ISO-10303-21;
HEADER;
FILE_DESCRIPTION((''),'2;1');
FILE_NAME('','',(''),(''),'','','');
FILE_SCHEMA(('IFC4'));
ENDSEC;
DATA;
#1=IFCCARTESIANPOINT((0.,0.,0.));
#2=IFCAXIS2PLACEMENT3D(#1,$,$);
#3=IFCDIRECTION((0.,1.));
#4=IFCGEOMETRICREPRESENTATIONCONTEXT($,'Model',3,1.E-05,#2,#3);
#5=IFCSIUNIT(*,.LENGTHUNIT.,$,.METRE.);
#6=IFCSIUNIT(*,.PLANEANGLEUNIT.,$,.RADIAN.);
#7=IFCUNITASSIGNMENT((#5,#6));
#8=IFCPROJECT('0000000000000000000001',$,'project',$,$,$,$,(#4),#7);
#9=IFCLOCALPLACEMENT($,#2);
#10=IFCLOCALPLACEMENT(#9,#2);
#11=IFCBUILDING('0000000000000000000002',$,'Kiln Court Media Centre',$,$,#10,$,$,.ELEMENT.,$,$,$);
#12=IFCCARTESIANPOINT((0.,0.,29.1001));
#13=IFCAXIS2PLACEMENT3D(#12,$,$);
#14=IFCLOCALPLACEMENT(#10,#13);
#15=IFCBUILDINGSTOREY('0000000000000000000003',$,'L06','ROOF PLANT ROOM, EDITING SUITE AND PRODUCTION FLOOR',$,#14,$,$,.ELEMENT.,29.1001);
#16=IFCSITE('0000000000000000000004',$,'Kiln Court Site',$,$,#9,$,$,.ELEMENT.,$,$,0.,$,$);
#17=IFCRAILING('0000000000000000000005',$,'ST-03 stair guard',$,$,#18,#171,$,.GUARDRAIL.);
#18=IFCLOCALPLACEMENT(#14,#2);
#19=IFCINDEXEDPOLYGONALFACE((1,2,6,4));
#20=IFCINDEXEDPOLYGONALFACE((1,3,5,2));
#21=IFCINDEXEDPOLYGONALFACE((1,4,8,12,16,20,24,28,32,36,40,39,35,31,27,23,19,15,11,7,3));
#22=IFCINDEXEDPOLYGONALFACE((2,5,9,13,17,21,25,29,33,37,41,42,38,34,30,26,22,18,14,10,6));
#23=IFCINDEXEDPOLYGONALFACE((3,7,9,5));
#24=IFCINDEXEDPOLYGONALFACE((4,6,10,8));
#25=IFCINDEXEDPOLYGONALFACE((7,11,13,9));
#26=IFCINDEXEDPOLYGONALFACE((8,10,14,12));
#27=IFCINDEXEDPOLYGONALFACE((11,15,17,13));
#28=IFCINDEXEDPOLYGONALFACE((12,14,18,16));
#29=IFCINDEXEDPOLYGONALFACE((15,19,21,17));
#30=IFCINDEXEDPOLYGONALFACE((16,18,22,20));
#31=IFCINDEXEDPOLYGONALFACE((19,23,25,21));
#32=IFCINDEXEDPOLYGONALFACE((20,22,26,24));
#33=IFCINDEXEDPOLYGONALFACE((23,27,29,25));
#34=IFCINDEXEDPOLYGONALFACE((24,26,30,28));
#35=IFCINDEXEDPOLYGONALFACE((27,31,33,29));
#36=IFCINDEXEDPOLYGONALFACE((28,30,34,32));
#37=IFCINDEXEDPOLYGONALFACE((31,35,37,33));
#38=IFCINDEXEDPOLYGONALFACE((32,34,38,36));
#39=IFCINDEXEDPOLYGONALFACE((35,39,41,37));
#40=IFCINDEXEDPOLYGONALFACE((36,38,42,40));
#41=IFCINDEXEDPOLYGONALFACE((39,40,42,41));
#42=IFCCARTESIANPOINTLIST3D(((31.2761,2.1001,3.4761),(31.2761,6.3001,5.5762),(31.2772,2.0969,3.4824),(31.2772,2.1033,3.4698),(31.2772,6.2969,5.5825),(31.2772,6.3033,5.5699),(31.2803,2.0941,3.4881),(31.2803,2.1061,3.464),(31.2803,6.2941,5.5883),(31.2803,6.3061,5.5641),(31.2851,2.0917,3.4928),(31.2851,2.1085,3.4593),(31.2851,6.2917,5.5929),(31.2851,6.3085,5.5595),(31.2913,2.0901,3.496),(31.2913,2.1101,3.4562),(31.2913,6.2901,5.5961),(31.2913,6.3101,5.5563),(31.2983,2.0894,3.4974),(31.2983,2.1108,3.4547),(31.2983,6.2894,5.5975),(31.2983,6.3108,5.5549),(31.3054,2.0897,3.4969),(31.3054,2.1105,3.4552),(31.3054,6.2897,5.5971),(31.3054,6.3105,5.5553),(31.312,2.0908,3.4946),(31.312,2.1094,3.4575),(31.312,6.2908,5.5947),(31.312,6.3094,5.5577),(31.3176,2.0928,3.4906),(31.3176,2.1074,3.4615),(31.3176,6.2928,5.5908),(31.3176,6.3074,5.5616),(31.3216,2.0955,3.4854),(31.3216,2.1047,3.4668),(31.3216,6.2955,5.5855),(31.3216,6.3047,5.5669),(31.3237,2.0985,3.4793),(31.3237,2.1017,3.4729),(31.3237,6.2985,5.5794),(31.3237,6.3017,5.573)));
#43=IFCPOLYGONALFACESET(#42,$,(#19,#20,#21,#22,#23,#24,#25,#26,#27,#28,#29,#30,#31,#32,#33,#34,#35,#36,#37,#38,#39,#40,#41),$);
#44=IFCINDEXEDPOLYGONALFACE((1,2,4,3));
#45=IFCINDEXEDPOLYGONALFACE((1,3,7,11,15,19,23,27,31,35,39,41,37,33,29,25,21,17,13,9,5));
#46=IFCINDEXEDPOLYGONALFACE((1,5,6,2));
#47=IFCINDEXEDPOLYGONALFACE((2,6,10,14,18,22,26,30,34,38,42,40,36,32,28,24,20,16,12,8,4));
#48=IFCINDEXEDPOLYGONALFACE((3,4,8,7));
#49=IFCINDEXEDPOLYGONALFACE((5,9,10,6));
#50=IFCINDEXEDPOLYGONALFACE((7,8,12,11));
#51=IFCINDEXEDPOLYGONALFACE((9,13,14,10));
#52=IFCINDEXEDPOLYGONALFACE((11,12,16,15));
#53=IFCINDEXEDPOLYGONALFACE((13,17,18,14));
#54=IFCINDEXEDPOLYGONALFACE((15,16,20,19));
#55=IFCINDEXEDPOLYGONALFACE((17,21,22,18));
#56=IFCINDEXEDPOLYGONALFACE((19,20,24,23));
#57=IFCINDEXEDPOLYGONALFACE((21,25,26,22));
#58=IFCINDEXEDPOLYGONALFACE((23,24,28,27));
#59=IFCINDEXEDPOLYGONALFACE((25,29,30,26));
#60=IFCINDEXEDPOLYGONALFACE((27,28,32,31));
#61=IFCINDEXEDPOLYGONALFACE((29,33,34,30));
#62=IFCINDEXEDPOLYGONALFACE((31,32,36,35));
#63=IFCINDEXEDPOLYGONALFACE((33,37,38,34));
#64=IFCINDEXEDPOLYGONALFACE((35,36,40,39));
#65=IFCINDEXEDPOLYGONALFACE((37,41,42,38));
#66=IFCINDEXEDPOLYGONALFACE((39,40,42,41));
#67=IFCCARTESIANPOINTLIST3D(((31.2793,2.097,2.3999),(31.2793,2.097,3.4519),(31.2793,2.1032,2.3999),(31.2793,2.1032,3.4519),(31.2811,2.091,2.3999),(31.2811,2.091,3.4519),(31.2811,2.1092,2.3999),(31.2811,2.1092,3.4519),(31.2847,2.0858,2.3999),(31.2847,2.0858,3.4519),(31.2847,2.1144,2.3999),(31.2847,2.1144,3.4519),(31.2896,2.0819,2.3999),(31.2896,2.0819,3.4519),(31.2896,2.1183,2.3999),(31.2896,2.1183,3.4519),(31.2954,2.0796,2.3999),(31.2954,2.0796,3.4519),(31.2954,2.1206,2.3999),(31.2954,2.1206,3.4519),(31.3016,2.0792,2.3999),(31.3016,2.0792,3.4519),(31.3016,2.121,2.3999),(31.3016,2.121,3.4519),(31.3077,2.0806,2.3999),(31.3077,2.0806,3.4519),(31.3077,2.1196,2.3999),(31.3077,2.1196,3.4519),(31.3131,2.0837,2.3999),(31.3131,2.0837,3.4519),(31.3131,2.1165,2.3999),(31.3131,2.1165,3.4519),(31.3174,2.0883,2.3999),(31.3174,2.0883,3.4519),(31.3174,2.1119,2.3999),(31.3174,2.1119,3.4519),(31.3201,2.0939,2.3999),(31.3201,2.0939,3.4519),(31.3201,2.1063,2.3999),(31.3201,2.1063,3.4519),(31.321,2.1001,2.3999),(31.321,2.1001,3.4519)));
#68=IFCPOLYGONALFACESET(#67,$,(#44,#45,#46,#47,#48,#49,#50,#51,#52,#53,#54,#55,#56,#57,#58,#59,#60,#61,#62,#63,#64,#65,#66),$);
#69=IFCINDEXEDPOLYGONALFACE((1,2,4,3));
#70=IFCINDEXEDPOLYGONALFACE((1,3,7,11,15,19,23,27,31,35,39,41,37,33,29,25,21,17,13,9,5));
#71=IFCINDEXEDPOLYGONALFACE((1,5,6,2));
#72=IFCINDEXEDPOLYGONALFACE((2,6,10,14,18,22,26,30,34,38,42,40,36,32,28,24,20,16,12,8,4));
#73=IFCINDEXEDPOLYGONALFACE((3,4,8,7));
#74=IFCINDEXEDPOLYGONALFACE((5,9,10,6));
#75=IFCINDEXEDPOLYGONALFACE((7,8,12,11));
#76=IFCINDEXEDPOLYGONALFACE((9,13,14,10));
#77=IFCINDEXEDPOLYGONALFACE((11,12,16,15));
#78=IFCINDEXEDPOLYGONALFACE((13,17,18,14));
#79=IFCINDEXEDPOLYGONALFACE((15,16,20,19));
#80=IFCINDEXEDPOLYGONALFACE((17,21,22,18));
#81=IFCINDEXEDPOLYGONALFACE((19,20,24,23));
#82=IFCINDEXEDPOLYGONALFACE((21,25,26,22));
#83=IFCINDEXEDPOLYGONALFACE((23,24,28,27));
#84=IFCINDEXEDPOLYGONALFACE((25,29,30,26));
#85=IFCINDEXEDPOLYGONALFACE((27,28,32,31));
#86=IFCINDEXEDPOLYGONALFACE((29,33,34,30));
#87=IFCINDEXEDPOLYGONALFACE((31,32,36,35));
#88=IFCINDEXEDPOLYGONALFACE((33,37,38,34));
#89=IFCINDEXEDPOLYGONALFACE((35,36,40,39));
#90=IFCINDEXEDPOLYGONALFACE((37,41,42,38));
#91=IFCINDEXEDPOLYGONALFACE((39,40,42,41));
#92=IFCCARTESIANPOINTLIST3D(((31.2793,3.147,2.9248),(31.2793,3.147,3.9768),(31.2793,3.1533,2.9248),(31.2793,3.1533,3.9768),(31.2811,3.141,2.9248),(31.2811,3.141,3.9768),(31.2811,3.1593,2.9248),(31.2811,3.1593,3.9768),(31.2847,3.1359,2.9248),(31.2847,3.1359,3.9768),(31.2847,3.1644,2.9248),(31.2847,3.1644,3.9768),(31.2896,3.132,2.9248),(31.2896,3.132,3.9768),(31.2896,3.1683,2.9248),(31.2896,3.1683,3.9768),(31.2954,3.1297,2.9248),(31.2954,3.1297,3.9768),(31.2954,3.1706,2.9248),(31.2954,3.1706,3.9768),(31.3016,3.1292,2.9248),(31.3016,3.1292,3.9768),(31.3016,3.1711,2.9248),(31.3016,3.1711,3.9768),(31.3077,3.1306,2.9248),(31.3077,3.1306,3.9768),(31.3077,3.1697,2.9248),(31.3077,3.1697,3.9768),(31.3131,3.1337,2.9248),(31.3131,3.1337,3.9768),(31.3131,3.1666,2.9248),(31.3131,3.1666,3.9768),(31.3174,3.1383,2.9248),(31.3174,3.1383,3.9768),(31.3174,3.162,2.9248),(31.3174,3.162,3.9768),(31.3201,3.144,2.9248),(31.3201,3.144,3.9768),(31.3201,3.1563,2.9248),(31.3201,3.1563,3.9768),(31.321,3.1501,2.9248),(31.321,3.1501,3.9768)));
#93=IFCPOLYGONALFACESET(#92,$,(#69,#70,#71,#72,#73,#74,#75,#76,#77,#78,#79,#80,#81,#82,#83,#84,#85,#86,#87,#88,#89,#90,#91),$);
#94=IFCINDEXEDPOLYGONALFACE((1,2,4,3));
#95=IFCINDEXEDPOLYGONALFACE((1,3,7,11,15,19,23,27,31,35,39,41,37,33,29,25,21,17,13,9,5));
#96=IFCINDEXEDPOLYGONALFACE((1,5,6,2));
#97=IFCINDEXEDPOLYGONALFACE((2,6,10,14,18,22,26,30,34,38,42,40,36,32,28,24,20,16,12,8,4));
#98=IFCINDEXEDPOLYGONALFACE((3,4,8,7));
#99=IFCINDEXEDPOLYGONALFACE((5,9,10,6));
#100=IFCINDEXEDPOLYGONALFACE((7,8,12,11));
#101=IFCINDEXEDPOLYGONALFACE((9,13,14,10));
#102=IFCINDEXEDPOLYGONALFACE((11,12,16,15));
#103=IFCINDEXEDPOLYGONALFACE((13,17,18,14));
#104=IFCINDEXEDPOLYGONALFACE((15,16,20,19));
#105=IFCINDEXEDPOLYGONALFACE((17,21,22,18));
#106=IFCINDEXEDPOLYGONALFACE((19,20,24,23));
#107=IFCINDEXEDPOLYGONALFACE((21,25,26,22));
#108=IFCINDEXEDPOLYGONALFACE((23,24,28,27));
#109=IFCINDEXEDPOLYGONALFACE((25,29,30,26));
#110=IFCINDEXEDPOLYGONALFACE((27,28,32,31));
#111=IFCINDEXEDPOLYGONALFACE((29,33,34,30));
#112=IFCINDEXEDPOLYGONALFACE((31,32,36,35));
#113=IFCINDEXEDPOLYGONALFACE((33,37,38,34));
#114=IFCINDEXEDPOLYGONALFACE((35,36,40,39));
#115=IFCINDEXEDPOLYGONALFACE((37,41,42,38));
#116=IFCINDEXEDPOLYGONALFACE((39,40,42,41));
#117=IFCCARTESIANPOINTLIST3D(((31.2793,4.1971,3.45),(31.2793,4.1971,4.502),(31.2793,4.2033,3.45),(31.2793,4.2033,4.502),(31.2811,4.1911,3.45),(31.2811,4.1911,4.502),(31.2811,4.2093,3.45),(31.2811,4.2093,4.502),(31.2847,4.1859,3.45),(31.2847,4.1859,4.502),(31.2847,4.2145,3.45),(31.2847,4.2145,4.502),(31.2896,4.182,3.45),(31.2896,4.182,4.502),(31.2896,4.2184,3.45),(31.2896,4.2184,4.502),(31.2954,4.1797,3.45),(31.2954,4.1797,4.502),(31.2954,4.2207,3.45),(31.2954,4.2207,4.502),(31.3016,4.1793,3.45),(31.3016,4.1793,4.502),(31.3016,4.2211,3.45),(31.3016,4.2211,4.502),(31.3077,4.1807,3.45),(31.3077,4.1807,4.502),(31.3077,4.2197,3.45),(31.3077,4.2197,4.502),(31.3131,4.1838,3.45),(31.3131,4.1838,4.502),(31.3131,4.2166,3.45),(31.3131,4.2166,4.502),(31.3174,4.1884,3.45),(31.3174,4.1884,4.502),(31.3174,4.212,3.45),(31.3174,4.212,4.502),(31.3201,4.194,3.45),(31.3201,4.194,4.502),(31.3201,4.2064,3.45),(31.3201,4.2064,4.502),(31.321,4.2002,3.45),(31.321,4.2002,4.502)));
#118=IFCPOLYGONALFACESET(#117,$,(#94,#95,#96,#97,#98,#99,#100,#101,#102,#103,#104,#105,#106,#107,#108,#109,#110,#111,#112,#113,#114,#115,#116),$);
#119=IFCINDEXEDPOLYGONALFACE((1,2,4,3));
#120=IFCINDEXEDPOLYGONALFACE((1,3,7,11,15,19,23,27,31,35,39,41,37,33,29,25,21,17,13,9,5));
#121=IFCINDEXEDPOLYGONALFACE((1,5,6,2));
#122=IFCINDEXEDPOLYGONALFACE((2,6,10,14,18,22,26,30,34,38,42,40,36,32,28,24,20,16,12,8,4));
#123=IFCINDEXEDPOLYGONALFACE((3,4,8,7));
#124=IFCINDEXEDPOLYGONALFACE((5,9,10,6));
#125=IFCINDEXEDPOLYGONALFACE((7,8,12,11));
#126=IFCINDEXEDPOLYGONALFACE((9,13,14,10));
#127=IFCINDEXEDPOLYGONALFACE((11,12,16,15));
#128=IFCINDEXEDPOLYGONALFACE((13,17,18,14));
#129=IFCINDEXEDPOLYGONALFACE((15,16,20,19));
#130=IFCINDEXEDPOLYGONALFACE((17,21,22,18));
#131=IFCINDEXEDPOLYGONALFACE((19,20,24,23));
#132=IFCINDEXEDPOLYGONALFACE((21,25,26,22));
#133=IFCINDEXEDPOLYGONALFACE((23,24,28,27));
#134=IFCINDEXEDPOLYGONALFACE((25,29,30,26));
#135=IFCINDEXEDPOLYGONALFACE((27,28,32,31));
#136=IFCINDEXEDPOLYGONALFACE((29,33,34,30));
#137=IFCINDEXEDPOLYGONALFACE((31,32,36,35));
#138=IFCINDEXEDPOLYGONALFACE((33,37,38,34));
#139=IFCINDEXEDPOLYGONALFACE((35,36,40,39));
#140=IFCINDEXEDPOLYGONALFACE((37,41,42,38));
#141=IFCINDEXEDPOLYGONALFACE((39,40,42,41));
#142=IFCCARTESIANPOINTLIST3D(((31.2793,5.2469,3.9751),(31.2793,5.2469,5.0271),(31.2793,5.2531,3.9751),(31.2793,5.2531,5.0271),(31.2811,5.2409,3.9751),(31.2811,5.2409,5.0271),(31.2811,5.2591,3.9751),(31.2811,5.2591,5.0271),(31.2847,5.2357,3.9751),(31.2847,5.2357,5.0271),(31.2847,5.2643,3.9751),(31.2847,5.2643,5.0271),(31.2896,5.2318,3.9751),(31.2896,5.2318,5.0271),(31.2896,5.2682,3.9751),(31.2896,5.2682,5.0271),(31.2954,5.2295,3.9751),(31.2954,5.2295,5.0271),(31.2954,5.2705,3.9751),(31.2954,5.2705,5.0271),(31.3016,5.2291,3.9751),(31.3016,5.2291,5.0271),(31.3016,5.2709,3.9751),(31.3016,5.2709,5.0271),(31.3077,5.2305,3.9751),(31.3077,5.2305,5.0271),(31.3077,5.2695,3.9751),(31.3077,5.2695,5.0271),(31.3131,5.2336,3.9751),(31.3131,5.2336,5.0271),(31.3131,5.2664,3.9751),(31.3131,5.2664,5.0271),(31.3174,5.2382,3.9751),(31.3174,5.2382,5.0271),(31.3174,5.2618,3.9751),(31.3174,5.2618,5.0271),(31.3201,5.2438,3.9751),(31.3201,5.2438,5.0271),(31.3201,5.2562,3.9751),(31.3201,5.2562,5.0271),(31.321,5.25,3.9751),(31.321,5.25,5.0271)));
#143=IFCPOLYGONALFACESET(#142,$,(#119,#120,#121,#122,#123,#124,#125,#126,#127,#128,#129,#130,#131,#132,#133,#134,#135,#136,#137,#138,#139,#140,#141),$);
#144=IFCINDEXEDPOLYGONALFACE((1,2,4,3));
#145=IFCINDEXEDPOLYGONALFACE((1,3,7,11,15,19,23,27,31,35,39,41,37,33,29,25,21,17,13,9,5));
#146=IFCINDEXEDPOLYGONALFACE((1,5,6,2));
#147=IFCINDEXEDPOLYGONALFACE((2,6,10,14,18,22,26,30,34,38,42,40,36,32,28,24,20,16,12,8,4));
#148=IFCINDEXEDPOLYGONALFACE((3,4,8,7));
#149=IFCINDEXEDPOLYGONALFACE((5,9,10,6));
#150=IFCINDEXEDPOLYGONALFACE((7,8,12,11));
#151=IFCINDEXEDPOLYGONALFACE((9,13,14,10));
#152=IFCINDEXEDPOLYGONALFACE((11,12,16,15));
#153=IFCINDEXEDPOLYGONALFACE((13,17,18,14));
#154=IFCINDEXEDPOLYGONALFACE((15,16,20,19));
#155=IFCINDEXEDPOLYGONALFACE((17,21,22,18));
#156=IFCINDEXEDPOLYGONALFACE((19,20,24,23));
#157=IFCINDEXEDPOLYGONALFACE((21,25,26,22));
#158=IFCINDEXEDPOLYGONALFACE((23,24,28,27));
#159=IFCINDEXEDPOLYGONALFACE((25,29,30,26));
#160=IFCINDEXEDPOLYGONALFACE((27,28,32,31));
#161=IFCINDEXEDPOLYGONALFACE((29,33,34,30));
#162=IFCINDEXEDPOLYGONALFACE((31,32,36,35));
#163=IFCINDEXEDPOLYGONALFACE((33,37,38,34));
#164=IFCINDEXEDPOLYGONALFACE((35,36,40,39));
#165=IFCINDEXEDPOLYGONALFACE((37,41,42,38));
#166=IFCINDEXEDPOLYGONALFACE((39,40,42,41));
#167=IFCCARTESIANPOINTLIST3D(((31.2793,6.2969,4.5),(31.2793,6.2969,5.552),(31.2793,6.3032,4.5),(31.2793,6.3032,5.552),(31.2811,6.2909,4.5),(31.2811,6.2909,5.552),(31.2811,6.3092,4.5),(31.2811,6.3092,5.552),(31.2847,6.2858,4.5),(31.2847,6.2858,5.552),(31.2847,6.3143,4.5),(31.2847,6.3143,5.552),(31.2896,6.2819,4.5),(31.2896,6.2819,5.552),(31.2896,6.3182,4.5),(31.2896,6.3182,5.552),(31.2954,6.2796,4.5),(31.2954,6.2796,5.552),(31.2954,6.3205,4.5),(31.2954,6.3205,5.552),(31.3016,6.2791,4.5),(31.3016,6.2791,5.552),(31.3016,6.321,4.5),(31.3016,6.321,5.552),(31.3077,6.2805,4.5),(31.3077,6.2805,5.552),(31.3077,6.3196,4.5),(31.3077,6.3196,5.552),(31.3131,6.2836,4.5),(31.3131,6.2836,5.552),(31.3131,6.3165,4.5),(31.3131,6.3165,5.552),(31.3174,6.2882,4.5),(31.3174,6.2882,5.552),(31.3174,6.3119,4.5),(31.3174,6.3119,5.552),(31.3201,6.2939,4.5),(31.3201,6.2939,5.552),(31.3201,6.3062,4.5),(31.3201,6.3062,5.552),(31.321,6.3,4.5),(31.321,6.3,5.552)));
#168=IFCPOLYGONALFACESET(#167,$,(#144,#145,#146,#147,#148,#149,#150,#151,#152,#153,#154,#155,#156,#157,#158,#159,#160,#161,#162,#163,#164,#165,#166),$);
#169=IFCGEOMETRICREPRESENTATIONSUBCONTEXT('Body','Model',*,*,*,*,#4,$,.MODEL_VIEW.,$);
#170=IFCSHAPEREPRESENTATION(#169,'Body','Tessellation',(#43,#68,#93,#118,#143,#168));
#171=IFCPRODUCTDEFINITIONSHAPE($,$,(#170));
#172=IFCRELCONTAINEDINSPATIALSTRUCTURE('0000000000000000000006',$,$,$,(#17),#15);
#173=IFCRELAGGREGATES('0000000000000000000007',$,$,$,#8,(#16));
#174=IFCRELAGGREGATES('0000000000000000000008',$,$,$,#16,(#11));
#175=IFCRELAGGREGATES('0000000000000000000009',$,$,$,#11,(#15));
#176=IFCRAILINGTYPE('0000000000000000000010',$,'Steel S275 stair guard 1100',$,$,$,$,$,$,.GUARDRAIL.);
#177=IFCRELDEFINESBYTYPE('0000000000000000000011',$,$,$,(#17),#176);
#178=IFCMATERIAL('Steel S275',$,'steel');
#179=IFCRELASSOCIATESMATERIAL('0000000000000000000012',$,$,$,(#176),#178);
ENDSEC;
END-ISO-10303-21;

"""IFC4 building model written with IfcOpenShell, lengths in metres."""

from ifc_helpers import new_model, si_unit, direction, frame, origin, origin_2d, place, context, subcontext, project, spatial, circle, extrude, material, type_object, element, save


model = new_model("IFC4")

# Units and contexts
model_context = context("Model", 3, precision=1e-05, world=origin(), true_north=direction((0.0, 1.0)))
body_context = subcontext(model_context, "Body", "Model", "MODEL_VIEW")
ifc_project = project(units=[si_unit("LENGTHUNIT", "METRE"), si_unit("PLANEANGLEUNIT", "RADIAN")], contexts=[model_context])

# Site, building, storey
site_placement = place(None, origin())
site = spatial("IfcSite", under=ifc_project, at=site_placement, Name="Kiln Court Site", CompositionType="ELEMENT", RefElevation=0.0)
building_placement = place(site_placement, origin())
building = spatial("IfcBuilding", under=site, at=building_placement, Name="Kiln Court Media Centre", CompositionType="ELEMENT")
storey_placement = place(building_placement, frame((0.0, 0.0, 29.1001)))
storey = spatial("IfcBuildingStorey", under=building, at=storey_placement, Name="L06", Description="ROOF PLANT ROOM, EDITING SUITE AND PRODUCTION FLOOR", CompositionType="ELEMENT", Elevation=29.1001)

# Railing
ifc_material_1 = material(Name="Steel S275", Category="steel")
railing_type_1 = type_object("IfcRailingType", Name="Steel S275 stair guard 1100", PredefinedType="GUARDRAIL", material=ifc_material_1)
railing_1_placement = place(storey_placement, frame((31.3, 2.1001, 2.3999)))
element("IfcRailing", 1, at=railing_1_placement, inside=storey, type_object=railing_type_1, Name="ST-03 stair guard", PredefinedType="GUARDRAIL", context=body_context, shape_type="SweptSolid", body=[
    extrude(circle(Radius=0.0239, at=origin_2d()), frame((0.0, 0.0, 1.0762), z_axis=(0.0, 0.894417, 0.447234), x_axis=(-1.0, 0.0, 0.0)), (0.0, 0.0, 1.0), 4.6958),
    extrude(circle(Radius=0.021, at=origin_2d()), origin(), (0.0, 0.0, 1.0), 1.052),
    extrude(circle(Radius=0.021, at=origin_2d()), frame((0.0, 1.05, 0.5249)), (0.0, 0.0, 1.0), 1.052),
    extrude(circle(Radius=0.021, at=origin_2d()), frame((0.0, 2.1001, 1.05)), (0.0, 0.0, 1.0), 1.052),
    extrude(circle(Radius=0.021, at=origin_2d()), frame((0.0, 3.1499, 1.5752)), (0.0, 0.0, 1.0), 1.052),
    extrude(circle(Radius=0.021, at=origin_2d()), frame((0.0, 4.2, 2.1001)), (0.0, 0.0, 1.0), 1.052),
])

save(model, "model.ifc")
